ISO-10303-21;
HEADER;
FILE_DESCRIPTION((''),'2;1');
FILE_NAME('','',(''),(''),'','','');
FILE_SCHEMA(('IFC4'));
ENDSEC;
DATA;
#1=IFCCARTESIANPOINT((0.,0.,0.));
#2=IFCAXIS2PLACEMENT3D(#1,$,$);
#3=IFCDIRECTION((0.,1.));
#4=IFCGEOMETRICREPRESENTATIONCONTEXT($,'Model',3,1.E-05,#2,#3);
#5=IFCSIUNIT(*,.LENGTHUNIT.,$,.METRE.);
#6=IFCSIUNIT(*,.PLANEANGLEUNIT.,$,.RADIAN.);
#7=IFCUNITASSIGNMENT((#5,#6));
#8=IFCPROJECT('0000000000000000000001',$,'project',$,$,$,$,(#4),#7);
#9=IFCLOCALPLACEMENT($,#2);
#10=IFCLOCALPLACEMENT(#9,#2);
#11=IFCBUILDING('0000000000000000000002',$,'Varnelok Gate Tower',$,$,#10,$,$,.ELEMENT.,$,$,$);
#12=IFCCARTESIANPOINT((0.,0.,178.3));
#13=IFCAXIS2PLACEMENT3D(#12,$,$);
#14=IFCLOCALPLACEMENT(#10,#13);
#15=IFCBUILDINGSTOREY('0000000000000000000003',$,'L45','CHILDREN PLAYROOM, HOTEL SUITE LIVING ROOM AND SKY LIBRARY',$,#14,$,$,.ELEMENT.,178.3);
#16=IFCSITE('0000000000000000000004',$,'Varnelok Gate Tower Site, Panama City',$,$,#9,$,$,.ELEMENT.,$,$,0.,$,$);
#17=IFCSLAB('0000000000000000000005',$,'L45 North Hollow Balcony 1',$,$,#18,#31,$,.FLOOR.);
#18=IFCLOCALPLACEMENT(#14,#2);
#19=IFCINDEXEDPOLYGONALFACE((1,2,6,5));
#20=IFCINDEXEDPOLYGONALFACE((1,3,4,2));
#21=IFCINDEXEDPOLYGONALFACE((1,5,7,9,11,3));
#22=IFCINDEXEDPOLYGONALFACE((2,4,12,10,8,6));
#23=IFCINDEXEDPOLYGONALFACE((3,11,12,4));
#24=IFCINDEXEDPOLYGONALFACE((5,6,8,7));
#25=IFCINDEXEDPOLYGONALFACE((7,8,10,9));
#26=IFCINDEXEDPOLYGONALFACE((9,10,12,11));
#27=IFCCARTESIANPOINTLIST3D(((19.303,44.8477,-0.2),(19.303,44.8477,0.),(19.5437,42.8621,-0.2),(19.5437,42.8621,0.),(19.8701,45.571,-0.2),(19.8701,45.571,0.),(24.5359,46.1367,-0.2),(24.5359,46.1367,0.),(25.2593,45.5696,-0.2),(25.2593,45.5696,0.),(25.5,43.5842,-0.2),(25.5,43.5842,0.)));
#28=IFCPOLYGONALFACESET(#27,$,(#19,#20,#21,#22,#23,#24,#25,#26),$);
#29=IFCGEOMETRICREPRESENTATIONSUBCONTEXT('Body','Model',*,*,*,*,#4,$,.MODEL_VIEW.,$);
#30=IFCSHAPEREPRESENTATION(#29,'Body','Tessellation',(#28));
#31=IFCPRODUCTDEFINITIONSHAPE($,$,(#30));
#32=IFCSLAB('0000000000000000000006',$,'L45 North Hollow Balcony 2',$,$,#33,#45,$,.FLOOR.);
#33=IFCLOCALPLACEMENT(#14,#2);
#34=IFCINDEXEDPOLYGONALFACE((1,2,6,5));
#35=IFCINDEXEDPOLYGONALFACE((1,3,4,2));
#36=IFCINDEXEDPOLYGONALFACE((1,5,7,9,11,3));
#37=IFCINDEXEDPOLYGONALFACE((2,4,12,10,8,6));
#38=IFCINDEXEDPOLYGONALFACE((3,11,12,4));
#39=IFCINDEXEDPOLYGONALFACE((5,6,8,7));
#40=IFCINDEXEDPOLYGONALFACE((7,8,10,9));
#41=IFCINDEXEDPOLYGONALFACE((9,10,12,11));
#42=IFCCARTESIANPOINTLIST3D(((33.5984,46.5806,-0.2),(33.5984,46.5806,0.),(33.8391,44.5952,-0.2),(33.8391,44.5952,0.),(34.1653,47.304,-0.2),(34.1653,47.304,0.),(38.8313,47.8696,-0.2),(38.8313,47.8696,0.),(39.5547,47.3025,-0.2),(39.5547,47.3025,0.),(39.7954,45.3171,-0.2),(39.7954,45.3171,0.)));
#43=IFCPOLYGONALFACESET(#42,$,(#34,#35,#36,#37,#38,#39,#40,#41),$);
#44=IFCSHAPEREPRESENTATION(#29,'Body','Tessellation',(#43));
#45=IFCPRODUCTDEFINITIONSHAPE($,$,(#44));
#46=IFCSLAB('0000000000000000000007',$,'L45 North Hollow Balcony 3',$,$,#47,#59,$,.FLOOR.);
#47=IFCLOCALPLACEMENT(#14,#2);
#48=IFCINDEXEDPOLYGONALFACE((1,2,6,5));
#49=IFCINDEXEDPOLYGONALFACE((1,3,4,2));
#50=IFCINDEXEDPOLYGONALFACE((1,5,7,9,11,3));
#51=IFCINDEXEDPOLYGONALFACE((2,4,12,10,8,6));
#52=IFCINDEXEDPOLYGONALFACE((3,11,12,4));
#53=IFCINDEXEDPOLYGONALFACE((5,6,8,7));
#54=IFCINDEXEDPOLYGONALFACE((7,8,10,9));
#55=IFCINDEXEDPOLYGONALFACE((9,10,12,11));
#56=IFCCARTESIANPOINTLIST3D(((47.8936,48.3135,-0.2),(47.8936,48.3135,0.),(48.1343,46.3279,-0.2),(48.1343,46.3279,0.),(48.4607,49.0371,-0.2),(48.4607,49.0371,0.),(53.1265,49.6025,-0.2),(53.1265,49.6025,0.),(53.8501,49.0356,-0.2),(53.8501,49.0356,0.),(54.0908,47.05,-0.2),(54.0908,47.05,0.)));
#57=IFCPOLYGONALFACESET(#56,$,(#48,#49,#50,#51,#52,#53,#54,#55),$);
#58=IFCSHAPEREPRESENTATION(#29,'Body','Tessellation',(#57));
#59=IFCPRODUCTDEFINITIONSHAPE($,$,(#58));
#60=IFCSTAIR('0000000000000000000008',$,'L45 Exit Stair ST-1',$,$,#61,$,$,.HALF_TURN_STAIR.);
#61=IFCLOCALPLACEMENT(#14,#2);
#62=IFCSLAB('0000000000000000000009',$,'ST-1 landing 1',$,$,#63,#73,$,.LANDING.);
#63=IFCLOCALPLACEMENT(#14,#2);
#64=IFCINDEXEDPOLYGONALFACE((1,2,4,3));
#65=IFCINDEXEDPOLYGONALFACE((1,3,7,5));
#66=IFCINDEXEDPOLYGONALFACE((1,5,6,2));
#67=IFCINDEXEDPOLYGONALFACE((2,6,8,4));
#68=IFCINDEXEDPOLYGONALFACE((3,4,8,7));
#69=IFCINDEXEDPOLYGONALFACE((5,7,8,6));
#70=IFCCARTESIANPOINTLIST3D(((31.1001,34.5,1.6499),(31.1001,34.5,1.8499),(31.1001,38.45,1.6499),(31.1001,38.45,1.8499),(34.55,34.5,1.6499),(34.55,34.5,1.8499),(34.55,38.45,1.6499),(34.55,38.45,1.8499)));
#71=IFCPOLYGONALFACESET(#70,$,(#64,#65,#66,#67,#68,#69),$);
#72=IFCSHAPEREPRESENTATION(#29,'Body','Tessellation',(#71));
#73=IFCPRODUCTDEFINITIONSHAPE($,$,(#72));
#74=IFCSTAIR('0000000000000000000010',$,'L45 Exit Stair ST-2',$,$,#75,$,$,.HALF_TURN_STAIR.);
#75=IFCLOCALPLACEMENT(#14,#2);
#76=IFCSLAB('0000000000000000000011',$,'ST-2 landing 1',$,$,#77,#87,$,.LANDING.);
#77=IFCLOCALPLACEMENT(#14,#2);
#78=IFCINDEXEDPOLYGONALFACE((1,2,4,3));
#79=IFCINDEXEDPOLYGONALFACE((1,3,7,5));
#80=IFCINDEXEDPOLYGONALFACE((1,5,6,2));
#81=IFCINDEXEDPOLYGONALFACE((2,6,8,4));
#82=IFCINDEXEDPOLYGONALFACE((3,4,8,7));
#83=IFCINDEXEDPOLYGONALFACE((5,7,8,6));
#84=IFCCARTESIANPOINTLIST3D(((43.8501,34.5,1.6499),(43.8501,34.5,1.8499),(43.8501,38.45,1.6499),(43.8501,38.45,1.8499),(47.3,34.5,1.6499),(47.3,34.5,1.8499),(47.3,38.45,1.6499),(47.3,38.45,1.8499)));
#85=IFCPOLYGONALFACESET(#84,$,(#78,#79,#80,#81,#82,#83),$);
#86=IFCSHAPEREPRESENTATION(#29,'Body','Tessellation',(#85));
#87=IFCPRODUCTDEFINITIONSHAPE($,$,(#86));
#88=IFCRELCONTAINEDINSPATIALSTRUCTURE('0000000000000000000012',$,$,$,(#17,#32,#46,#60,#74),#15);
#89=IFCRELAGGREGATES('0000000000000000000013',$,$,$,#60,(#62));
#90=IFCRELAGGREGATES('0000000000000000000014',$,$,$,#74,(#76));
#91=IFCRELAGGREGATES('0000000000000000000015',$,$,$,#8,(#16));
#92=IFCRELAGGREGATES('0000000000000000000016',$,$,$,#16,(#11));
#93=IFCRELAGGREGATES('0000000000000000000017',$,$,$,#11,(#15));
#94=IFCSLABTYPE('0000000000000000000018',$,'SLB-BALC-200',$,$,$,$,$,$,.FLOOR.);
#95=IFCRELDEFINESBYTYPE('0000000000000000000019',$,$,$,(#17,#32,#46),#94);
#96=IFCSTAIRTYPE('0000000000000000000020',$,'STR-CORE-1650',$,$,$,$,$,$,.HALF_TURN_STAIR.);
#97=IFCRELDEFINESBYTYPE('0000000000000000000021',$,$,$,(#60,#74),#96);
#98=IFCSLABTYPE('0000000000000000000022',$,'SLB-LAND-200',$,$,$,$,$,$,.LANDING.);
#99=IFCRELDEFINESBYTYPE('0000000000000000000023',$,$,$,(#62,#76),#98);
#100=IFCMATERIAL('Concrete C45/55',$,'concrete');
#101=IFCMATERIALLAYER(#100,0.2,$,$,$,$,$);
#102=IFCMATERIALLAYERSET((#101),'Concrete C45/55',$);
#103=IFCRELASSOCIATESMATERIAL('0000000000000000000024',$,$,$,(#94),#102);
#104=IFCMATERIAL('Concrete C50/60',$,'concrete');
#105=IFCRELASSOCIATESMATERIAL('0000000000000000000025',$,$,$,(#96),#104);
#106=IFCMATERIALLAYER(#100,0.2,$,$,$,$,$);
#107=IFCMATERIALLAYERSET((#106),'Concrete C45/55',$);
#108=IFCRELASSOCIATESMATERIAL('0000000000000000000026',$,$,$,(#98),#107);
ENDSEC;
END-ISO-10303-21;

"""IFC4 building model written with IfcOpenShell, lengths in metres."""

from ifc_helpers import new_model, si_unit, direction, frame, origin, place, context, subcontext, project, spatial, polyline, outline, extrude, material, layer, layer_set, type_object, element, aggregate, save


model = new_model("IFC4")

# Units and contexts
model_context = context("Model", 3, precision=1e-05, world=origin(), true_north=direction((0.0, 1.0)))
body_context = subcontext(model_context, "Body", "Model", "MODEL_VIEW")
ifc_project = project(units=[si_unit("LENGTHUNIT", "METRE"), si_unit("PLANEANGLEUNIT", "RADIAN")], contexts=[model_context])

# Site, building, storey
site_placement = place(None, origin())
site = spatial("IfcSite", under=ifc_project, at=site_placement, Name="Varnelok Gate Tower Site, Panama City", CompositionType="ELEMENT", RefElevation=0.0)
building_placement = place(site_placement, origin())
building = spatial("IfcBuilding", under=site, at=building_placement, Name="Varnelok Gate Tower", CompositionType="ELEMENT")
storey_placement = place(building_placement, frame((0.0, 0.0, 178.3)))
storey = spatial("IfcBuildingStorey", under=building, at=storey_placement, Name="L45", Description="CHILDREN PLAYROOM, HOTEL SUITE LIVING ROOM AND SKY LIBRARY", CompositionType="ELEMENT", Elevation=178.3)

# Slabs
ifc_material_1 = material(Name="Concrete C45/55", Category="concrete")
ifc_layer_1 = layer(ifc_material_1, 0.2)
ifc_layer_set_1 = layer_set([ifc_layer_1], Name="Concrete C45/55")
slab_type_1 = type_object("IfcSlabType", Name="SLB-BALC-200", PredefinedType="FLOOR", material=ifc_layer_set_1)
slab_1_placement = place(storey_placement, frame((0.0, 0.0, -0.2)))
element("IfcSlab", 1, at=slab_1_placement, inside=storey, type_object=slab_type_1, Name="L45 North Hollow Balcony 1", PredefinedType="FLOOR", context=body_context, shape_type="SweptSolid", body=[
    extrude(outline(polyline([(19.5437, 42.8621), (25.5, 43.5842), (25.2593, 45.5696), (24.5359, 46.1367), (19.8701, 45.571), (19.303, 44.8477), (19.5437, 42.8621)])), origin(), (0.0, 0.0, 1.0), 0.2),
])
slab_2_placement = place(storey_placement, frame((0.0, 0.0, -0.2)))
element("IfcSlab", 2, at=slab_2_placement, inside=storey, type_object=slab_type_1, Name="L45 North Hollow Balcony 2", PredefinedType="FLOOR", context=body_context, shape_type="SweptSolid", body=[
    extrude(outline(polyline([(33.8391, 44.5952), (39.7954, 45.3171), (39.5547, 47.3025), (38.8313, 47.8696), (34.1653, 47.304), (33.5984, 46.5806), (33.8391, 44.5952)])), origin(), (0.0, 0.0, 1.0), 0.2),
])
slab_3_placement = place(storey_placement, frame((0.0, 0.0, -0.2)))
element("IfcSlab", 3, at=slab_3_placement, inside=storey, type_object=slab_type_1, Name="L45 North Hollow Balcony 3", PredefinedType="FLOOR", context=body_context, shape_type="SweptSolid", body=[
    extrude(outline(polyline([(48.1343, 46.3279), (54.0908, 47.05), (53.8501, 49.0356), (53.1265, 49.6025), (48.4607, 49.0371), (47.8936, 48.3135), (48.1343, 46.3279)])), origin(), (0.0, 0.0, 1.0), 0.2),
])

# Stairs, slabs
ifc_material_2 = material(Name="Concrete C50/60", Category="concrete")
stair_type = type_object("IfcStairType", Name="STR-CORE-1650", PredefinedType="HALF_TURN_STAIR", material=ifc_material_2)
stair_1_placement = place(storey_placement, origin())
stair_1 = element("IfcStair", 4, at=stair_1_placement, inside=storey, type_object=stair_type, Name="L45 Exit Stair ST-1", PredefinedType="HALF_TURN_STAIR")
ifc_layer_2 = layer(ifc_material_1, 0.2)
ifc_layer_set_2 = layer_set([ifc_layer_2], Name="Concrete C45/55")
slab_type_2 = type_object("IfcSlabType", Name="SLB-LAND-200", PredefinedType="LANDING", material=ifc_layer_set_2)
slab_4_placement = place(storey_placement, frame((0.0, 0.0, 1.6499)))
slab_4 = element("IfcSlab", 5, at=slab_4_placement, type_object=slab_type_2, Name="ST-1 landing 1", PredefinedType="LANDING", context=body_context, shape_type="SweptSolid", body=[
    extrude(outline(polyline([(34.55, 34.5), (34.55, 38.45), (31.1001, 38.45), (31.1001, 34.5), (34.55, 34.5)])), origin(), (0.0, 0.0, 1.0), 0.2),
])
aggregate(stair_1, [slab_4])
stair_2_placement = place(storey_placement, origin())
stair_2 = element("IfcStair", 6, at=stair_2_placement, inside=storey, type_object=stair_type, Name="L45 Exit Stair ST-2", PredefinedType="HALF_TURN_STAIR")
slab_5_placement = place(storey_placement, frame((0.0, 0.0, 1.6499)))
slab_5 = element("IfcSlab", 7, at=slab_5_placement, type_object=slab_type_2, Name="ST-2 landing 1", PredefinedType="LANDING", context=body_context, shape_type="SweptSolid", body=[
    extrude(outline(polyline([(47.3, 34.5), (47.3, 38.45), (43.8501, 38.45), (43.8501, 34.5), (47.3, 34.5)])), origin(), (0.0, 0.0, 1.0), 0.2),
])
aggregate(stair_2, [slab_5])

save(model, "model.ifc")
